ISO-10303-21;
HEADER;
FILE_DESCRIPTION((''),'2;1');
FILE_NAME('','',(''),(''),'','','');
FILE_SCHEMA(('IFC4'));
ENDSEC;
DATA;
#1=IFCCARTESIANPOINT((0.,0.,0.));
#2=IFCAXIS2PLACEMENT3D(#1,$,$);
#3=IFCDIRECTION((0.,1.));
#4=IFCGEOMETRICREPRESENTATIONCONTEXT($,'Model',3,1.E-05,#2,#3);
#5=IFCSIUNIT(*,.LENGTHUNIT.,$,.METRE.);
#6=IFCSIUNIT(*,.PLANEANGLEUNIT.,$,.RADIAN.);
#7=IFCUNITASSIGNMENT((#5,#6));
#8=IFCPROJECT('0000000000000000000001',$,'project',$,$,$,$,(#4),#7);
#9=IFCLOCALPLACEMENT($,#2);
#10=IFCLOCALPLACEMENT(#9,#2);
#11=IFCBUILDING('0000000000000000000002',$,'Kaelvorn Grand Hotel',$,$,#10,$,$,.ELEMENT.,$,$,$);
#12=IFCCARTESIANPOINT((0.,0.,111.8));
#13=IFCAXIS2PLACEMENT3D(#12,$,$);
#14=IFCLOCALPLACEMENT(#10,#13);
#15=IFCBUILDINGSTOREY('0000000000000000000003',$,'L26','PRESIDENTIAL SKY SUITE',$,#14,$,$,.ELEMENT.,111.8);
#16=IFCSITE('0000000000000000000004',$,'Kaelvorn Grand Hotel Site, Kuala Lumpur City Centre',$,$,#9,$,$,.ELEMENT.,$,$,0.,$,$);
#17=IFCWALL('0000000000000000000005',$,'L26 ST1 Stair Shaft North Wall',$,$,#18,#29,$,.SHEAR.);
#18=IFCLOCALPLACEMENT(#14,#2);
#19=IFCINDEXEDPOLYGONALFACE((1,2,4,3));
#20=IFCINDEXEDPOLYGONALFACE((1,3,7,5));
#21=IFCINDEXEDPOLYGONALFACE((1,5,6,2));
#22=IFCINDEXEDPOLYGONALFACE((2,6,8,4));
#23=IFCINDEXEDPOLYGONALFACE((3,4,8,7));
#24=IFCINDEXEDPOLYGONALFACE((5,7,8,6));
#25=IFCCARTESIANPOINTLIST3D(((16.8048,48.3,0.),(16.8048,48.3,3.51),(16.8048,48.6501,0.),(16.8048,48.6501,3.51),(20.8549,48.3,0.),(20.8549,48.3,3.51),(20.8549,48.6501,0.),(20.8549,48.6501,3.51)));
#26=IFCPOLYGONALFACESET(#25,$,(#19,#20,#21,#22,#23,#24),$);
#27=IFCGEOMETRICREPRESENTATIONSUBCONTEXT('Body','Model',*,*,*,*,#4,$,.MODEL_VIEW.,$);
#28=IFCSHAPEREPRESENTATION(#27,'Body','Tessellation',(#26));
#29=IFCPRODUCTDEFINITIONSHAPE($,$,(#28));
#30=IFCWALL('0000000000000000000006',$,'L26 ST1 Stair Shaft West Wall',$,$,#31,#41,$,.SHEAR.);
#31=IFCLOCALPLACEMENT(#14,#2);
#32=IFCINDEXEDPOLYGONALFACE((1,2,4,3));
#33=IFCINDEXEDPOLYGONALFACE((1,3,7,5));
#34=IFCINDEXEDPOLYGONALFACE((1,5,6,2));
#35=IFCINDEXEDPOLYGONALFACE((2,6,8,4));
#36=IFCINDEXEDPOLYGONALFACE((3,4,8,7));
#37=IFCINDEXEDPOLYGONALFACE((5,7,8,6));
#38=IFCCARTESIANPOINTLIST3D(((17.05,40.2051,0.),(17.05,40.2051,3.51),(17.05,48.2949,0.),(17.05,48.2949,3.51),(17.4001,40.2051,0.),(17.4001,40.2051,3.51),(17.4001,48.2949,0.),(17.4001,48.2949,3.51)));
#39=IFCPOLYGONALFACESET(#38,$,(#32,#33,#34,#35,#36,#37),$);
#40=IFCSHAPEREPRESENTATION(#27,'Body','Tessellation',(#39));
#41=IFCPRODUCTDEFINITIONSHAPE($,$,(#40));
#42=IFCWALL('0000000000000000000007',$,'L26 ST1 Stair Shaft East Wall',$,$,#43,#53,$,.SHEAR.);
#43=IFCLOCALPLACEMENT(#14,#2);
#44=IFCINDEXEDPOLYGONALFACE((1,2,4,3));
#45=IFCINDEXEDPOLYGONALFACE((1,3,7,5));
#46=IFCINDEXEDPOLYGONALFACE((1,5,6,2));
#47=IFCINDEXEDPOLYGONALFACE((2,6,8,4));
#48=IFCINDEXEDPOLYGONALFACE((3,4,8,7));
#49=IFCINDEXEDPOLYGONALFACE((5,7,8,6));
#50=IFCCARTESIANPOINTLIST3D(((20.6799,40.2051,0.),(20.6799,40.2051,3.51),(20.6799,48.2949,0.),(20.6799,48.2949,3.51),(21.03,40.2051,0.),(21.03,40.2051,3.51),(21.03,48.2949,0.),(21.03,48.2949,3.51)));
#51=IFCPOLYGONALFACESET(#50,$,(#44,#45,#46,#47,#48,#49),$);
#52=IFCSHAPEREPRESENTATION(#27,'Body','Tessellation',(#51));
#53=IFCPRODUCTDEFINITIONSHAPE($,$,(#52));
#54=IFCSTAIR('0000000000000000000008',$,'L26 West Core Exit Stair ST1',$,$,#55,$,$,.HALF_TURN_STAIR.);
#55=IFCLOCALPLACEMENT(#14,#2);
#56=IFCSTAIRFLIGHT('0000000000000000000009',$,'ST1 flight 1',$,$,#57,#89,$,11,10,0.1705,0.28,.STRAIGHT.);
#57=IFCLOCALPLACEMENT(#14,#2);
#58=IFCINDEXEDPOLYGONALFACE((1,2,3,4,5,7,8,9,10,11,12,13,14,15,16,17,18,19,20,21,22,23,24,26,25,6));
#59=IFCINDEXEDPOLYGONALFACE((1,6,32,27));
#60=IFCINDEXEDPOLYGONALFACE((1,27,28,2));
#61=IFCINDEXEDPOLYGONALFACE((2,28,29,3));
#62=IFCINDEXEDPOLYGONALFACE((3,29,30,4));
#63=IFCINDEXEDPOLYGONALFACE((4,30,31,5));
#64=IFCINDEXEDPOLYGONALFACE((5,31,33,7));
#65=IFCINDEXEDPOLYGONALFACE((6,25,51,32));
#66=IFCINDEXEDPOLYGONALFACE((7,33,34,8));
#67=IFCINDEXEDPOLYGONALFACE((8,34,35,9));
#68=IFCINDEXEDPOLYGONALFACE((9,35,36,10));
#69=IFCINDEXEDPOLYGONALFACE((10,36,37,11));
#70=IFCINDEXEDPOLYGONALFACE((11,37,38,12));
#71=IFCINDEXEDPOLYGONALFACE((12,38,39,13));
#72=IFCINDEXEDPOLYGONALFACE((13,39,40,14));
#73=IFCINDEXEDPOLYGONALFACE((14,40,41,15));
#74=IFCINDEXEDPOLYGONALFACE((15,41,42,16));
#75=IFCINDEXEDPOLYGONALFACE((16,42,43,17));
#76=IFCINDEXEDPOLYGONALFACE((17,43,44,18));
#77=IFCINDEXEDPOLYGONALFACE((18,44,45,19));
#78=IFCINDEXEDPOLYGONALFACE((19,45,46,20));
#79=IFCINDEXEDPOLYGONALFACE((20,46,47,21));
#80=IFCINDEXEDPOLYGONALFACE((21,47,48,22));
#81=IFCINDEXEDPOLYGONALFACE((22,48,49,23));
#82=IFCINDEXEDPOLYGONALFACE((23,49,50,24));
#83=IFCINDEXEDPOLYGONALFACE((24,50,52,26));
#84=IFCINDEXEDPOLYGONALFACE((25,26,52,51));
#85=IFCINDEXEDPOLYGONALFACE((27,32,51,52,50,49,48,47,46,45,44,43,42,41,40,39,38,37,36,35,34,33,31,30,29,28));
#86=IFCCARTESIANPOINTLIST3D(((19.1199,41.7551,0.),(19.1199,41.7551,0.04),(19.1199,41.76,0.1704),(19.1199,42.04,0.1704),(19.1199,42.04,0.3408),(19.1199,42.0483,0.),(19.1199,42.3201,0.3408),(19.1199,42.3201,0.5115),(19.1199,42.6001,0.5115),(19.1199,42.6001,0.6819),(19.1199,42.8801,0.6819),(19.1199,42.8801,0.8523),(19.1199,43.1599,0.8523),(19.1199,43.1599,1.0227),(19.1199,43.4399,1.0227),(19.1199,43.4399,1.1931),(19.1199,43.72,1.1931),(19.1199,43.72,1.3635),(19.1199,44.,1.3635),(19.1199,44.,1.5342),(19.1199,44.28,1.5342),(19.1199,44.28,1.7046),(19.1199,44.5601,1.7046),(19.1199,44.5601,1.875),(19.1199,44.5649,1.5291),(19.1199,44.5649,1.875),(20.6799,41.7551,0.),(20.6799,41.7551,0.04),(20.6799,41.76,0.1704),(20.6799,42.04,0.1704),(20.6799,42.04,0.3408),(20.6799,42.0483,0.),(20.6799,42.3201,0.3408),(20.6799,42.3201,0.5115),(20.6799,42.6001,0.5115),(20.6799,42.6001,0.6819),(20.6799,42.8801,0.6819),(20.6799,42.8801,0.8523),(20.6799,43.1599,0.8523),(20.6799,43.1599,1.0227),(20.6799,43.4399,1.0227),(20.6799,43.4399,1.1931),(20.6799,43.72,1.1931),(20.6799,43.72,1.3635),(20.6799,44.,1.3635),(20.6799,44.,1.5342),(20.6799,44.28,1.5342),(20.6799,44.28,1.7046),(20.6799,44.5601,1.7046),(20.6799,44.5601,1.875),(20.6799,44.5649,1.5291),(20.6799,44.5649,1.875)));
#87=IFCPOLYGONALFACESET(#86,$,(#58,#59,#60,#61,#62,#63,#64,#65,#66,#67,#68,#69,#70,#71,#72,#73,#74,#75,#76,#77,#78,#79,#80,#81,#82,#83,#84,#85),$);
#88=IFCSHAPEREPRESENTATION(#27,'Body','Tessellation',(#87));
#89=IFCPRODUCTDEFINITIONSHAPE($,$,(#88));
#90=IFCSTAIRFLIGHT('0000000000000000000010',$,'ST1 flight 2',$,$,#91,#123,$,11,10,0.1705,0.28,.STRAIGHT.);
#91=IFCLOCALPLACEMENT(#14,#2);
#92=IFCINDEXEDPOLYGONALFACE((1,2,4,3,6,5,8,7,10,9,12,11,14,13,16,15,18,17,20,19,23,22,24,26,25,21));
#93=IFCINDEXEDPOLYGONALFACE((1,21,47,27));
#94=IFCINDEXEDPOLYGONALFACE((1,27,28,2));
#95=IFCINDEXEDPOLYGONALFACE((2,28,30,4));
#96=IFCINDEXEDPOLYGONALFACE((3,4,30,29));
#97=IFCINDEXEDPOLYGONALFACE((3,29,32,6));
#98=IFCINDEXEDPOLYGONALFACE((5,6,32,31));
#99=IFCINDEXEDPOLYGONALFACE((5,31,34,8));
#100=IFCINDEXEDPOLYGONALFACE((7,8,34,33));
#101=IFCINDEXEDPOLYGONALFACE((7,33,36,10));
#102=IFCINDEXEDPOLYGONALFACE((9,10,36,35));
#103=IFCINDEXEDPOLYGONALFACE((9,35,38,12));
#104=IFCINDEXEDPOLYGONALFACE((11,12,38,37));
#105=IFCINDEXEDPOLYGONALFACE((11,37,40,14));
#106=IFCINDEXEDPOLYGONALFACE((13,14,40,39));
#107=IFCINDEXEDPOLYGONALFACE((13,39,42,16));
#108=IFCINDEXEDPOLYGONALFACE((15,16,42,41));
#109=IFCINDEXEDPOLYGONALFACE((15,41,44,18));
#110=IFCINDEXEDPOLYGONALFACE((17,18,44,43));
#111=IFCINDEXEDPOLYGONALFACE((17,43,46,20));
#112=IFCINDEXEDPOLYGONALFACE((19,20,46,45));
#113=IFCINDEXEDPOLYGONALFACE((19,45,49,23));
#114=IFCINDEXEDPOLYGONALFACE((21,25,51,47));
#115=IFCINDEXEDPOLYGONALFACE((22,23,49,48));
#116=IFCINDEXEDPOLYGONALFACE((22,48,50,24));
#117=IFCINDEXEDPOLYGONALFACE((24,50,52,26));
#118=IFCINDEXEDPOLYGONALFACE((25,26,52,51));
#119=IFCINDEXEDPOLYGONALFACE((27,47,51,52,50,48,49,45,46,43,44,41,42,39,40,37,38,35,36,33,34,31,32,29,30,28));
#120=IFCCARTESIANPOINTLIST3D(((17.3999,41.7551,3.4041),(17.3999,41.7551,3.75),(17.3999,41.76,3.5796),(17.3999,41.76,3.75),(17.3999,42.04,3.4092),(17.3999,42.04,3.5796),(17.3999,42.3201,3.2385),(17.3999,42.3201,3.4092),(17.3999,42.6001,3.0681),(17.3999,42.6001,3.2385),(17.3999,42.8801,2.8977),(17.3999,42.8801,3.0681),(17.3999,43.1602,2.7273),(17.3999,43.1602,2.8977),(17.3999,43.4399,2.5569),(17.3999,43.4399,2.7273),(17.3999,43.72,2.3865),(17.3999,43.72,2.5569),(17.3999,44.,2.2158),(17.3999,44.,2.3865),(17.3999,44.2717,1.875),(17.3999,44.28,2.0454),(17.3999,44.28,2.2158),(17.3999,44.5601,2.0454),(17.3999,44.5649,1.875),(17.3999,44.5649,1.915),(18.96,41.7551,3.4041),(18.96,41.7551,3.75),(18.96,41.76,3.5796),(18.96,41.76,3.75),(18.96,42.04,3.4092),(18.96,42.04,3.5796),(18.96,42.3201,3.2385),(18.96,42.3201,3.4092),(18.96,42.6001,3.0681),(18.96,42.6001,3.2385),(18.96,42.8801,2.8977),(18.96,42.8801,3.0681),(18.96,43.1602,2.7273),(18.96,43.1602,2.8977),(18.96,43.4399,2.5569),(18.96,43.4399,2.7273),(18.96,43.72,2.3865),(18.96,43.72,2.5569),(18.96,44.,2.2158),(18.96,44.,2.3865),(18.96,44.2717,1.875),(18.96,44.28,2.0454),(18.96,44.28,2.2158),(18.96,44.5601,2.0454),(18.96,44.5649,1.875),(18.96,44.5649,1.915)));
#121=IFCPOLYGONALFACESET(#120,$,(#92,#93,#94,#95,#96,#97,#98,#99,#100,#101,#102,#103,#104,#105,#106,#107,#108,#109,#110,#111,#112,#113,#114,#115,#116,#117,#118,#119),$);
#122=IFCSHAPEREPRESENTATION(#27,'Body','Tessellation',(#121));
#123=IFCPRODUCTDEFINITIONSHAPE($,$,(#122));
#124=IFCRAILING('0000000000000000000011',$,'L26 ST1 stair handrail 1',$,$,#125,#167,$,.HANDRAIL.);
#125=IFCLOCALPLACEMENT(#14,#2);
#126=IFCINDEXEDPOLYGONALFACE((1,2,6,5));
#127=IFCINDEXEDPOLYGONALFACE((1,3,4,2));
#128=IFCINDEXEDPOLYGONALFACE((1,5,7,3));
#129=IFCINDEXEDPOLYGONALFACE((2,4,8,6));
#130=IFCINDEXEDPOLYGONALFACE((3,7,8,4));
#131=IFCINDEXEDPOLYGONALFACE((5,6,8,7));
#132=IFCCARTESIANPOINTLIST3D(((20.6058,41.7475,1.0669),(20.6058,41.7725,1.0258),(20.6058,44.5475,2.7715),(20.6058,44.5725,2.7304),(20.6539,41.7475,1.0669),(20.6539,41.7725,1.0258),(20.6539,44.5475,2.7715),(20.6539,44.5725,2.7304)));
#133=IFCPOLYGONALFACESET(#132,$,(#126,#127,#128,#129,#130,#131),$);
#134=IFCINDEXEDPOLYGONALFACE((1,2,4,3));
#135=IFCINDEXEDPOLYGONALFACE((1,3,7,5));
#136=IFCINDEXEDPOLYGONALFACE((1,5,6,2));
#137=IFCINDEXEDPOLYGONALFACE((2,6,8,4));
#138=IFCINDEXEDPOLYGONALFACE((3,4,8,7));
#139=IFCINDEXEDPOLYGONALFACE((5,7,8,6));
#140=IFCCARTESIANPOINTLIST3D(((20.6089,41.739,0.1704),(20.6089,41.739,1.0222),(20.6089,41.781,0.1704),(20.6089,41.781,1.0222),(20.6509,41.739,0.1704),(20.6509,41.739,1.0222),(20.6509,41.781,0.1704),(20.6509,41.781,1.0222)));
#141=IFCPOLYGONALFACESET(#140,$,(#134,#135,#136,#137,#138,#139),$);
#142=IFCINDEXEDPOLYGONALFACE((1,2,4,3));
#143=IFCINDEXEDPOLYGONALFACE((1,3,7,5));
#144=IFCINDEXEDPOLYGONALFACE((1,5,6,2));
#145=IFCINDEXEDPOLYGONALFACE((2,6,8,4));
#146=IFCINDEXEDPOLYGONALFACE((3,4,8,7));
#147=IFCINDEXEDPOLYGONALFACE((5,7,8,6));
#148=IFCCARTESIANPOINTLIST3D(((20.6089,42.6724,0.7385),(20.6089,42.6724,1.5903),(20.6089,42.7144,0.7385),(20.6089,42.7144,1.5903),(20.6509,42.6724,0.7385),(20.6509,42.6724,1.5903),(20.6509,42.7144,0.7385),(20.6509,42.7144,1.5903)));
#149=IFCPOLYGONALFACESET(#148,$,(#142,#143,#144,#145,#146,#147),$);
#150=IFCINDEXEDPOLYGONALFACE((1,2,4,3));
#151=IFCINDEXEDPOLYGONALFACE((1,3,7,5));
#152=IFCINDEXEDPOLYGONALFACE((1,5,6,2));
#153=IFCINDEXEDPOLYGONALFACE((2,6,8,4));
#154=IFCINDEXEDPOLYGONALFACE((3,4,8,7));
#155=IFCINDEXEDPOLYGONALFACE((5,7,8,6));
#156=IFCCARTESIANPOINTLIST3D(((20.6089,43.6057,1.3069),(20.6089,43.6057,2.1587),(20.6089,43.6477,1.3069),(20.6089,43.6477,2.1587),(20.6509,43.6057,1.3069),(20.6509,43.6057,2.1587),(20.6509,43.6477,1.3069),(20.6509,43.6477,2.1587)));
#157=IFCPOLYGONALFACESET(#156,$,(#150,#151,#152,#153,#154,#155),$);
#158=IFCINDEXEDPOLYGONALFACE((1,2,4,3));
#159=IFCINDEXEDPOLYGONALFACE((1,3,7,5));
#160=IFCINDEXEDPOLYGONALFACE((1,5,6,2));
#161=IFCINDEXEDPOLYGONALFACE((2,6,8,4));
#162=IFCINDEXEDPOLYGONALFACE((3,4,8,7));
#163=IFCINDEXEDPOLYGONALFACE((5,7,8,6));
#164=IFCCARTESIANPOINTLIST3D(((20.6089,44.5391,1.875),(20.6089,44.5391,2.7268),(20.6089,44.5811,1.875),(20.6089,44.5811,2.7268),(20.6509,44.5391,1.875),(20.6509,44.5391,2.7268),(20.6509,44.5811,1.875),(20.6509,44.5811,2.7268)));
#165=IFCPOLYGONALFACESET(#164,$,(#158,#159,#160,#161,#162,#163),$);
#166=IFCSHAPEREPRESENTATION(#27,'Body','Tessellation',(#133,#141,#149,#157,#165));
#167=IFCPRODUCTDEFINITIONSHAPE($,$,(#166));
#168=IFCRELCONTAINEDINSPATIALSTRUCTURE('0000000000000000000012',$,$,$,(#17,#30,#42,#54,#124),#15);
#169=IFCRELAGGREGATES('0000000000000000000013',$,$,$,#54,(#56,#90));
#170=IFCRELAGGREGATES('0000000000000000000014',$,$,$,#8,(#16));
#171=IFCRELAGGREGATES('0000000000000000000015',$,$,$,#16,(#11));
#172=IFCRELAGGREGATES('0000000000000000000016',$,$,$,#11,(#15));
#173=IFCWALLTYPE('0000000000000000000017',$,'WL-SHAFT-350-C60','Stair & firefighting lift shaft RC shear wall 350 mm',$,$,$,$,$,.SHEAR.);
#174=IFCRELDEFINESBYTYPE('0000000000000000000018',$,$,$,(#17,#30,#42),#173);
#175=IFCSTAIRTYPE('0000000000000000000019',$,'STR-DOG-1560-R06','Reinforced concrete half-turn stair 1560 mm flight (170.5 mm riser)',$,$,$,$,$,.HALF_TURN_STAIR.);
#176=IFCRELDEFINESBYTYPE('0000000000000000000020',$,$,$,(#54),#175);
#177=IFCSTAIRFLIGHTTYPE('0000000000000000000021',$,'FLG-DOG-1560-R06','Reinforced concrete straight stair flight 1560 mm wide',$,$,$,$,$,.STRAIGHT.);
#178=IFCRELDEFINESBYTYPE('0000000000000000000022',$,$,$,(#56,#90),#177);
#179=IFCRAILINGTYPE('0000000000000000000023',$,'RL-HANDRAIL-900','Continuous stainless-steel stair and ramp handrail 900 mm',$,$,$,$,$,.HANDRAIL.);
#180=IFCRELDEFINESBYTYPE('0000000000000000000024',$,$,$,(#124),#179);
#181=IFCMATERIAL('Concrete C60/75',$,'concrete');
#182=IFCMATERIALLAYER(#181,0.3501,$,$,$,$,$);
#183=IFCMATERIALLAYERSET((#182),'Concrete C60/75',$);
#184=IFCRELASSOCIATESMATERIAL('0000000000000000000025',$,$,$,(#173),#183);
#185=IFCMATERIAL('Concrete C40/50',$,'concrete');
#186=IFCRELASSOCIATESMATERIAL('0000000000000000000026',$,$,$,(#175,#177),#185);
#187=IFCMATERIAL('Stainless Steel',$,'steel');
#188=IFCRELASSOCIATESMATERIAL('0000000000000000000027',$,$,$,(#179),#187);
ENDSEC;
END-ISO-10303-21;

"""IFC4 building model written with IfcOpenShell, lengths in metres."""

from ifc_helpers import new_model, si_unit, direction, frame, frame_2d, origin, origin_2d, place, context, subcontext, project, spatial, polyline, rectangle, outline, extrude, material, layer, layer_set, type_object, element, aggregate, save


model = new_model("IFC4")

# Units and contexts
model_context = context("Model", 3, precision=1e-05, world=origin(), true_north=direction((0.0, 1.0)))
body_context = subcontext(model_context, "Body", "Model", "MODEL_VIEW")
ifc_project = project(units=[si_unit("LENGTHUNIT", "METRE"), si_unit("PLANEANGLEUNIT", "RADIAN")], contexts=[model_context])

# Site, building, storey
site_placement = place(None, origin())
site = spatial("IfcSite", under=ifc_project, at=site_placement, Name="Kaelvorn Grand Hotel Site, Kuala Lumpur City Centre", CompositionType="ELEMENT", RefElevation=0.0)
building_placement = place(site_placement, origin())
building = spatial("IfcBuilding", under=site, at=building_placement, Name="Kaelvorn Grand Hotel", CompositionType="ELEMENT")
storey_placement = place(building_placement, frame((0.0, 0.0, 111.8)))
storey = spatial("IfcBuildingStorey", under=building, at=storey_placement, Name="L26", Description="PRESIDENTIAL SKY SUITE", CompositionType="ELEMENT", Elevation=111.8)

# Shared definitions
ifc_material_1 = material(Name="Concrete C60/75", Category="concrete")

# Shared definitions
ifc_material_2 = material(Name="Concrete C40/50", Category="concrete")

# Shared definitions
ifc_material_3 = material(Name="Stainless Steel", Category="steel")

# Shared definitions
ifc_layer_1 = layer(ifc_material_1, 0.3501)
ifc_layer_set_1 = layer_set([ifc_layer_1], Name="Concrete C60/75")
wall_type_1 = type_object("IfcWallType", Name="WL-SHAFT-350-C60", Description="Stair & firefighting lift shaft RC shear wall 350 mm", PredefinedType="SHEAR", material=ifc_layer_set_1)

# Walls
wall_1_placement = place(storey_placement, frame((16.8049, 48.4751, 0.0), z_axis=(0.0, 0.0, 1.0), x_axis=(1.0, 0.0, 0.0)))
element("IfcWall", 1, at=wall_1_placement, inside=storey, type_object=wall_type_1, Name="L26 ST1 Stair Shaft North Wall", PredefinedType="SHEAR", context=body_context, shape_type="SweptSolid", body=[
    extrude(rectangle(XDim=4.05, YDim=0.3501, at=frame_2d((2.0249, 0.0))), origin(), (0.0, 0.0, 1.0), 3.51),
])
for number, where, z_axis, x_axis, name in (
    (2, (17.2251, 40.2051, 0.0), (0.0, 0.0, 1.0), (0.0, 1.0, 0.0), "L26 ST1 Stair Shaft West Wall"),
    (3, (20.855, 40.2051, 0.0), (0.0, 0.0, 1.0), (0.0, 1.0, 0.0), "L26 ST1 Stair Shaft East Wall"),
):
    element("IfcWall", number, at=place(storey_placement, frame(where, z_axis=z_axis, x_axis=x_axis)), inside=storey, type_object=wall_type_1, Name=name, PredefinedType="SHEAR", context=body_context, shape_type="SweptSolid", body=[
        extrude(rectangle(XDim=8.0898, YDim=0.3501, at=frame_2d((4.0449, 0.0))), origin(), (0.0, 0.0, 1.0), 3.51),
    ])

# Stair, stair flights
stair_type = type_object("IfcStairType", Name="STR-DOG-1560-R06", Description="Reinforced concrete half-turn stair 1560 mm flight (170.5 mm riser)", PredefinedType="HALF_TURN_STAIR", material=ifc_material_2)
stair_placement = place(storey_placement, origin())
stair = element("IfcStair", 4, at=stair_placement, inside=storey, type_object=stair_type, Name="L26 West Core Exit Stair ST1", PredefinedType="HALF_TURN_STAIR")
stair_flight_type = type_object("IfcStairFlightType", Name="FLG-DOG-1560-R06", Description="Reinforced concrete straight stair flight 1560 mm wide", PredefinedType="STRAIGHT", material=ifc_material_2)
stair_flight_1_placement = place(storey_placement, frame((19.8999, 41.76, 0.0), z_axis=(0.0, 0.0, 1.0), x_axis=(0.0, 1.0, 0.0)))
stair_flight_1 = element("IfcStairFlight", 5, at=stair_flight_1_placement, type_object=stair_flight_type, Name="ST1 flight 1", NumberOfRisers=11, NumberOfTreads=10, PredefinedType="STRAIGHT", RiserHeight=0.1705, TreadLength=0.28, context=body_context, shape_type="SweptSolid", body=[
    extrude(outline(polyline([(-0.0049, 0.0), (-0.0049, 0.04), (0.0, 0.1704), (0.28, 0.1704), (0.28, 0.3408), (0.5601, 0.3408), (0.5601, 0.5115), (0.8401, 0.5115), (0.8401, 0.6819), (1.1201, 0.6819), (1.1201, 0.8523), (1.3999, 0.8523), (1.3999, 1.0227), (1.6799, 1.0227), (1.6799, 1.1931), (1.96, 1.1931), (1.96, 1.3635), (2.24, 1.3635), (2.24, 1.5342), (2.52, 1.5342), (2.52, 1.7046), (2.8, 1.7046), (2.8, 1.875), (2.8049, 1.875), (2.8049, 1.5291), (0.2883, 0.0), (-0.0049, 0.0)])), frame((0.0, 0.78, 0.0), z_axis=(0.0, -1.0, 0.0), x_axis=(1.0, 0.0, 0.0)), (0.0, 0.0, 1.0), 1.5601),
])
stair_flight_2_placement = place(storey_placement, frame((18.1799, 44.5601, 1.875), z_axis=(0.0, 0.0, 1.0), x_axis=(0.0, -1.0, 0.0)))
stair_flight_2 = element("IfcStairFlight", 6, at=stair_flight_2_placement, type_object=stair_flight_type, Name="ST1 flight 2", NumberOfRisers=11, NumberOfTreads=10, PredefinedType="STRAIGHT", RiserHeight=0.1705, TreadLength=0.28, context=body_context, shape_type="SweptSolid", body=[
    extrude(outline(polyline([(-0.0049, 0.0), (-0.0049, 0.04), (0.0, 0.1704), (0.28, 0.1704), (0.28, 0.3408), (0.5601, 0.3408), (0.5601, 0.5115), (0.8401, 0.5115), (0.8401, 0.6819), (1.1201, 0.6819), (1.1201, 0.8523), (1.3999, 0.8523), (1.3999, 1.0227), (1.6799, 1.0227), (1.6799, 1.1931), (1.96, 1.1931), (1.96, 1.3635), (2.24, 1.3635), (2.24, 1.5342), (2.52, 1.5342), (2.52, 1.7046), (2.8, 1.7046), (2.8, 1.875), (2.8049, 1.875), (2.8049, 1.5291), (0.2883, 0.0), (-0.0049, 0.0)])), frame((0.0, 0.78, 0.0), z_axis=(0.0, -1.0, 0.0), x_axis=(1.0, 0.0, 0.0)), (0.0, 0.0, 1.0), 1.5601),
])
aggregate(stair, [stair_flight_1, stair_flight_2])

# Railing
railing_type_1 = type_object("IfcRailingType", Name="RL-HANDRAIL-900", Description="Continuous stainless-steel stair and ramp handrail 900 mm", PredefinedType="HANDRAIL", material=ifc_material_3)
railing_1_placement = place(storey_placement, frame((20.6299, 41.76, 0.1704)))
element("IfcRailing", 7, at=railing_1_placement, inside=storey, type_object=railing_type_1, Name="L26 ST1 stair handrail 1", PredefinedType="HANDRAIL", context=body_context, shape_type="SweptSolid", body=[
    extrude(rectangle(XDim=0.0481, YDim=0.0481, at=origin_2d()), frame((0.0, 0.0, 0.876), z_axis=(0.0, 0.85417, 0.519994), x_axis=(-1.0, 0.0, 0.0)), (0.0, 0.0, 1.0), 3.2781),
    extrude(rectangle(XDim=0.042, YDim=0.042, at=origin_2d()), origin(), (0.0, 0.0, 1.0), 0.8518),
    extrude(rectangle(XDim=0.042, YDim=0.042, at=origin_2d()), frame((0.0, 0.9333, 0.5681)), (0.0, 0.0, 1.0), 0.8518),
    extrude(rectangle(XDim=0.042, YDim=0.042, at=origin_2d()), frame((0.0, 1.8667, 1.1365)), (0.0, 0.0, 1.0), 0.8518),
    extrude(rectangle(XDim=0.042, YDim=0.042, at=origin_2d()), frame((0.0, 2.8, 1.7046)), (0.0, 0.0, 1.0), 0.8518),
])

save(model, "model.ifc")
